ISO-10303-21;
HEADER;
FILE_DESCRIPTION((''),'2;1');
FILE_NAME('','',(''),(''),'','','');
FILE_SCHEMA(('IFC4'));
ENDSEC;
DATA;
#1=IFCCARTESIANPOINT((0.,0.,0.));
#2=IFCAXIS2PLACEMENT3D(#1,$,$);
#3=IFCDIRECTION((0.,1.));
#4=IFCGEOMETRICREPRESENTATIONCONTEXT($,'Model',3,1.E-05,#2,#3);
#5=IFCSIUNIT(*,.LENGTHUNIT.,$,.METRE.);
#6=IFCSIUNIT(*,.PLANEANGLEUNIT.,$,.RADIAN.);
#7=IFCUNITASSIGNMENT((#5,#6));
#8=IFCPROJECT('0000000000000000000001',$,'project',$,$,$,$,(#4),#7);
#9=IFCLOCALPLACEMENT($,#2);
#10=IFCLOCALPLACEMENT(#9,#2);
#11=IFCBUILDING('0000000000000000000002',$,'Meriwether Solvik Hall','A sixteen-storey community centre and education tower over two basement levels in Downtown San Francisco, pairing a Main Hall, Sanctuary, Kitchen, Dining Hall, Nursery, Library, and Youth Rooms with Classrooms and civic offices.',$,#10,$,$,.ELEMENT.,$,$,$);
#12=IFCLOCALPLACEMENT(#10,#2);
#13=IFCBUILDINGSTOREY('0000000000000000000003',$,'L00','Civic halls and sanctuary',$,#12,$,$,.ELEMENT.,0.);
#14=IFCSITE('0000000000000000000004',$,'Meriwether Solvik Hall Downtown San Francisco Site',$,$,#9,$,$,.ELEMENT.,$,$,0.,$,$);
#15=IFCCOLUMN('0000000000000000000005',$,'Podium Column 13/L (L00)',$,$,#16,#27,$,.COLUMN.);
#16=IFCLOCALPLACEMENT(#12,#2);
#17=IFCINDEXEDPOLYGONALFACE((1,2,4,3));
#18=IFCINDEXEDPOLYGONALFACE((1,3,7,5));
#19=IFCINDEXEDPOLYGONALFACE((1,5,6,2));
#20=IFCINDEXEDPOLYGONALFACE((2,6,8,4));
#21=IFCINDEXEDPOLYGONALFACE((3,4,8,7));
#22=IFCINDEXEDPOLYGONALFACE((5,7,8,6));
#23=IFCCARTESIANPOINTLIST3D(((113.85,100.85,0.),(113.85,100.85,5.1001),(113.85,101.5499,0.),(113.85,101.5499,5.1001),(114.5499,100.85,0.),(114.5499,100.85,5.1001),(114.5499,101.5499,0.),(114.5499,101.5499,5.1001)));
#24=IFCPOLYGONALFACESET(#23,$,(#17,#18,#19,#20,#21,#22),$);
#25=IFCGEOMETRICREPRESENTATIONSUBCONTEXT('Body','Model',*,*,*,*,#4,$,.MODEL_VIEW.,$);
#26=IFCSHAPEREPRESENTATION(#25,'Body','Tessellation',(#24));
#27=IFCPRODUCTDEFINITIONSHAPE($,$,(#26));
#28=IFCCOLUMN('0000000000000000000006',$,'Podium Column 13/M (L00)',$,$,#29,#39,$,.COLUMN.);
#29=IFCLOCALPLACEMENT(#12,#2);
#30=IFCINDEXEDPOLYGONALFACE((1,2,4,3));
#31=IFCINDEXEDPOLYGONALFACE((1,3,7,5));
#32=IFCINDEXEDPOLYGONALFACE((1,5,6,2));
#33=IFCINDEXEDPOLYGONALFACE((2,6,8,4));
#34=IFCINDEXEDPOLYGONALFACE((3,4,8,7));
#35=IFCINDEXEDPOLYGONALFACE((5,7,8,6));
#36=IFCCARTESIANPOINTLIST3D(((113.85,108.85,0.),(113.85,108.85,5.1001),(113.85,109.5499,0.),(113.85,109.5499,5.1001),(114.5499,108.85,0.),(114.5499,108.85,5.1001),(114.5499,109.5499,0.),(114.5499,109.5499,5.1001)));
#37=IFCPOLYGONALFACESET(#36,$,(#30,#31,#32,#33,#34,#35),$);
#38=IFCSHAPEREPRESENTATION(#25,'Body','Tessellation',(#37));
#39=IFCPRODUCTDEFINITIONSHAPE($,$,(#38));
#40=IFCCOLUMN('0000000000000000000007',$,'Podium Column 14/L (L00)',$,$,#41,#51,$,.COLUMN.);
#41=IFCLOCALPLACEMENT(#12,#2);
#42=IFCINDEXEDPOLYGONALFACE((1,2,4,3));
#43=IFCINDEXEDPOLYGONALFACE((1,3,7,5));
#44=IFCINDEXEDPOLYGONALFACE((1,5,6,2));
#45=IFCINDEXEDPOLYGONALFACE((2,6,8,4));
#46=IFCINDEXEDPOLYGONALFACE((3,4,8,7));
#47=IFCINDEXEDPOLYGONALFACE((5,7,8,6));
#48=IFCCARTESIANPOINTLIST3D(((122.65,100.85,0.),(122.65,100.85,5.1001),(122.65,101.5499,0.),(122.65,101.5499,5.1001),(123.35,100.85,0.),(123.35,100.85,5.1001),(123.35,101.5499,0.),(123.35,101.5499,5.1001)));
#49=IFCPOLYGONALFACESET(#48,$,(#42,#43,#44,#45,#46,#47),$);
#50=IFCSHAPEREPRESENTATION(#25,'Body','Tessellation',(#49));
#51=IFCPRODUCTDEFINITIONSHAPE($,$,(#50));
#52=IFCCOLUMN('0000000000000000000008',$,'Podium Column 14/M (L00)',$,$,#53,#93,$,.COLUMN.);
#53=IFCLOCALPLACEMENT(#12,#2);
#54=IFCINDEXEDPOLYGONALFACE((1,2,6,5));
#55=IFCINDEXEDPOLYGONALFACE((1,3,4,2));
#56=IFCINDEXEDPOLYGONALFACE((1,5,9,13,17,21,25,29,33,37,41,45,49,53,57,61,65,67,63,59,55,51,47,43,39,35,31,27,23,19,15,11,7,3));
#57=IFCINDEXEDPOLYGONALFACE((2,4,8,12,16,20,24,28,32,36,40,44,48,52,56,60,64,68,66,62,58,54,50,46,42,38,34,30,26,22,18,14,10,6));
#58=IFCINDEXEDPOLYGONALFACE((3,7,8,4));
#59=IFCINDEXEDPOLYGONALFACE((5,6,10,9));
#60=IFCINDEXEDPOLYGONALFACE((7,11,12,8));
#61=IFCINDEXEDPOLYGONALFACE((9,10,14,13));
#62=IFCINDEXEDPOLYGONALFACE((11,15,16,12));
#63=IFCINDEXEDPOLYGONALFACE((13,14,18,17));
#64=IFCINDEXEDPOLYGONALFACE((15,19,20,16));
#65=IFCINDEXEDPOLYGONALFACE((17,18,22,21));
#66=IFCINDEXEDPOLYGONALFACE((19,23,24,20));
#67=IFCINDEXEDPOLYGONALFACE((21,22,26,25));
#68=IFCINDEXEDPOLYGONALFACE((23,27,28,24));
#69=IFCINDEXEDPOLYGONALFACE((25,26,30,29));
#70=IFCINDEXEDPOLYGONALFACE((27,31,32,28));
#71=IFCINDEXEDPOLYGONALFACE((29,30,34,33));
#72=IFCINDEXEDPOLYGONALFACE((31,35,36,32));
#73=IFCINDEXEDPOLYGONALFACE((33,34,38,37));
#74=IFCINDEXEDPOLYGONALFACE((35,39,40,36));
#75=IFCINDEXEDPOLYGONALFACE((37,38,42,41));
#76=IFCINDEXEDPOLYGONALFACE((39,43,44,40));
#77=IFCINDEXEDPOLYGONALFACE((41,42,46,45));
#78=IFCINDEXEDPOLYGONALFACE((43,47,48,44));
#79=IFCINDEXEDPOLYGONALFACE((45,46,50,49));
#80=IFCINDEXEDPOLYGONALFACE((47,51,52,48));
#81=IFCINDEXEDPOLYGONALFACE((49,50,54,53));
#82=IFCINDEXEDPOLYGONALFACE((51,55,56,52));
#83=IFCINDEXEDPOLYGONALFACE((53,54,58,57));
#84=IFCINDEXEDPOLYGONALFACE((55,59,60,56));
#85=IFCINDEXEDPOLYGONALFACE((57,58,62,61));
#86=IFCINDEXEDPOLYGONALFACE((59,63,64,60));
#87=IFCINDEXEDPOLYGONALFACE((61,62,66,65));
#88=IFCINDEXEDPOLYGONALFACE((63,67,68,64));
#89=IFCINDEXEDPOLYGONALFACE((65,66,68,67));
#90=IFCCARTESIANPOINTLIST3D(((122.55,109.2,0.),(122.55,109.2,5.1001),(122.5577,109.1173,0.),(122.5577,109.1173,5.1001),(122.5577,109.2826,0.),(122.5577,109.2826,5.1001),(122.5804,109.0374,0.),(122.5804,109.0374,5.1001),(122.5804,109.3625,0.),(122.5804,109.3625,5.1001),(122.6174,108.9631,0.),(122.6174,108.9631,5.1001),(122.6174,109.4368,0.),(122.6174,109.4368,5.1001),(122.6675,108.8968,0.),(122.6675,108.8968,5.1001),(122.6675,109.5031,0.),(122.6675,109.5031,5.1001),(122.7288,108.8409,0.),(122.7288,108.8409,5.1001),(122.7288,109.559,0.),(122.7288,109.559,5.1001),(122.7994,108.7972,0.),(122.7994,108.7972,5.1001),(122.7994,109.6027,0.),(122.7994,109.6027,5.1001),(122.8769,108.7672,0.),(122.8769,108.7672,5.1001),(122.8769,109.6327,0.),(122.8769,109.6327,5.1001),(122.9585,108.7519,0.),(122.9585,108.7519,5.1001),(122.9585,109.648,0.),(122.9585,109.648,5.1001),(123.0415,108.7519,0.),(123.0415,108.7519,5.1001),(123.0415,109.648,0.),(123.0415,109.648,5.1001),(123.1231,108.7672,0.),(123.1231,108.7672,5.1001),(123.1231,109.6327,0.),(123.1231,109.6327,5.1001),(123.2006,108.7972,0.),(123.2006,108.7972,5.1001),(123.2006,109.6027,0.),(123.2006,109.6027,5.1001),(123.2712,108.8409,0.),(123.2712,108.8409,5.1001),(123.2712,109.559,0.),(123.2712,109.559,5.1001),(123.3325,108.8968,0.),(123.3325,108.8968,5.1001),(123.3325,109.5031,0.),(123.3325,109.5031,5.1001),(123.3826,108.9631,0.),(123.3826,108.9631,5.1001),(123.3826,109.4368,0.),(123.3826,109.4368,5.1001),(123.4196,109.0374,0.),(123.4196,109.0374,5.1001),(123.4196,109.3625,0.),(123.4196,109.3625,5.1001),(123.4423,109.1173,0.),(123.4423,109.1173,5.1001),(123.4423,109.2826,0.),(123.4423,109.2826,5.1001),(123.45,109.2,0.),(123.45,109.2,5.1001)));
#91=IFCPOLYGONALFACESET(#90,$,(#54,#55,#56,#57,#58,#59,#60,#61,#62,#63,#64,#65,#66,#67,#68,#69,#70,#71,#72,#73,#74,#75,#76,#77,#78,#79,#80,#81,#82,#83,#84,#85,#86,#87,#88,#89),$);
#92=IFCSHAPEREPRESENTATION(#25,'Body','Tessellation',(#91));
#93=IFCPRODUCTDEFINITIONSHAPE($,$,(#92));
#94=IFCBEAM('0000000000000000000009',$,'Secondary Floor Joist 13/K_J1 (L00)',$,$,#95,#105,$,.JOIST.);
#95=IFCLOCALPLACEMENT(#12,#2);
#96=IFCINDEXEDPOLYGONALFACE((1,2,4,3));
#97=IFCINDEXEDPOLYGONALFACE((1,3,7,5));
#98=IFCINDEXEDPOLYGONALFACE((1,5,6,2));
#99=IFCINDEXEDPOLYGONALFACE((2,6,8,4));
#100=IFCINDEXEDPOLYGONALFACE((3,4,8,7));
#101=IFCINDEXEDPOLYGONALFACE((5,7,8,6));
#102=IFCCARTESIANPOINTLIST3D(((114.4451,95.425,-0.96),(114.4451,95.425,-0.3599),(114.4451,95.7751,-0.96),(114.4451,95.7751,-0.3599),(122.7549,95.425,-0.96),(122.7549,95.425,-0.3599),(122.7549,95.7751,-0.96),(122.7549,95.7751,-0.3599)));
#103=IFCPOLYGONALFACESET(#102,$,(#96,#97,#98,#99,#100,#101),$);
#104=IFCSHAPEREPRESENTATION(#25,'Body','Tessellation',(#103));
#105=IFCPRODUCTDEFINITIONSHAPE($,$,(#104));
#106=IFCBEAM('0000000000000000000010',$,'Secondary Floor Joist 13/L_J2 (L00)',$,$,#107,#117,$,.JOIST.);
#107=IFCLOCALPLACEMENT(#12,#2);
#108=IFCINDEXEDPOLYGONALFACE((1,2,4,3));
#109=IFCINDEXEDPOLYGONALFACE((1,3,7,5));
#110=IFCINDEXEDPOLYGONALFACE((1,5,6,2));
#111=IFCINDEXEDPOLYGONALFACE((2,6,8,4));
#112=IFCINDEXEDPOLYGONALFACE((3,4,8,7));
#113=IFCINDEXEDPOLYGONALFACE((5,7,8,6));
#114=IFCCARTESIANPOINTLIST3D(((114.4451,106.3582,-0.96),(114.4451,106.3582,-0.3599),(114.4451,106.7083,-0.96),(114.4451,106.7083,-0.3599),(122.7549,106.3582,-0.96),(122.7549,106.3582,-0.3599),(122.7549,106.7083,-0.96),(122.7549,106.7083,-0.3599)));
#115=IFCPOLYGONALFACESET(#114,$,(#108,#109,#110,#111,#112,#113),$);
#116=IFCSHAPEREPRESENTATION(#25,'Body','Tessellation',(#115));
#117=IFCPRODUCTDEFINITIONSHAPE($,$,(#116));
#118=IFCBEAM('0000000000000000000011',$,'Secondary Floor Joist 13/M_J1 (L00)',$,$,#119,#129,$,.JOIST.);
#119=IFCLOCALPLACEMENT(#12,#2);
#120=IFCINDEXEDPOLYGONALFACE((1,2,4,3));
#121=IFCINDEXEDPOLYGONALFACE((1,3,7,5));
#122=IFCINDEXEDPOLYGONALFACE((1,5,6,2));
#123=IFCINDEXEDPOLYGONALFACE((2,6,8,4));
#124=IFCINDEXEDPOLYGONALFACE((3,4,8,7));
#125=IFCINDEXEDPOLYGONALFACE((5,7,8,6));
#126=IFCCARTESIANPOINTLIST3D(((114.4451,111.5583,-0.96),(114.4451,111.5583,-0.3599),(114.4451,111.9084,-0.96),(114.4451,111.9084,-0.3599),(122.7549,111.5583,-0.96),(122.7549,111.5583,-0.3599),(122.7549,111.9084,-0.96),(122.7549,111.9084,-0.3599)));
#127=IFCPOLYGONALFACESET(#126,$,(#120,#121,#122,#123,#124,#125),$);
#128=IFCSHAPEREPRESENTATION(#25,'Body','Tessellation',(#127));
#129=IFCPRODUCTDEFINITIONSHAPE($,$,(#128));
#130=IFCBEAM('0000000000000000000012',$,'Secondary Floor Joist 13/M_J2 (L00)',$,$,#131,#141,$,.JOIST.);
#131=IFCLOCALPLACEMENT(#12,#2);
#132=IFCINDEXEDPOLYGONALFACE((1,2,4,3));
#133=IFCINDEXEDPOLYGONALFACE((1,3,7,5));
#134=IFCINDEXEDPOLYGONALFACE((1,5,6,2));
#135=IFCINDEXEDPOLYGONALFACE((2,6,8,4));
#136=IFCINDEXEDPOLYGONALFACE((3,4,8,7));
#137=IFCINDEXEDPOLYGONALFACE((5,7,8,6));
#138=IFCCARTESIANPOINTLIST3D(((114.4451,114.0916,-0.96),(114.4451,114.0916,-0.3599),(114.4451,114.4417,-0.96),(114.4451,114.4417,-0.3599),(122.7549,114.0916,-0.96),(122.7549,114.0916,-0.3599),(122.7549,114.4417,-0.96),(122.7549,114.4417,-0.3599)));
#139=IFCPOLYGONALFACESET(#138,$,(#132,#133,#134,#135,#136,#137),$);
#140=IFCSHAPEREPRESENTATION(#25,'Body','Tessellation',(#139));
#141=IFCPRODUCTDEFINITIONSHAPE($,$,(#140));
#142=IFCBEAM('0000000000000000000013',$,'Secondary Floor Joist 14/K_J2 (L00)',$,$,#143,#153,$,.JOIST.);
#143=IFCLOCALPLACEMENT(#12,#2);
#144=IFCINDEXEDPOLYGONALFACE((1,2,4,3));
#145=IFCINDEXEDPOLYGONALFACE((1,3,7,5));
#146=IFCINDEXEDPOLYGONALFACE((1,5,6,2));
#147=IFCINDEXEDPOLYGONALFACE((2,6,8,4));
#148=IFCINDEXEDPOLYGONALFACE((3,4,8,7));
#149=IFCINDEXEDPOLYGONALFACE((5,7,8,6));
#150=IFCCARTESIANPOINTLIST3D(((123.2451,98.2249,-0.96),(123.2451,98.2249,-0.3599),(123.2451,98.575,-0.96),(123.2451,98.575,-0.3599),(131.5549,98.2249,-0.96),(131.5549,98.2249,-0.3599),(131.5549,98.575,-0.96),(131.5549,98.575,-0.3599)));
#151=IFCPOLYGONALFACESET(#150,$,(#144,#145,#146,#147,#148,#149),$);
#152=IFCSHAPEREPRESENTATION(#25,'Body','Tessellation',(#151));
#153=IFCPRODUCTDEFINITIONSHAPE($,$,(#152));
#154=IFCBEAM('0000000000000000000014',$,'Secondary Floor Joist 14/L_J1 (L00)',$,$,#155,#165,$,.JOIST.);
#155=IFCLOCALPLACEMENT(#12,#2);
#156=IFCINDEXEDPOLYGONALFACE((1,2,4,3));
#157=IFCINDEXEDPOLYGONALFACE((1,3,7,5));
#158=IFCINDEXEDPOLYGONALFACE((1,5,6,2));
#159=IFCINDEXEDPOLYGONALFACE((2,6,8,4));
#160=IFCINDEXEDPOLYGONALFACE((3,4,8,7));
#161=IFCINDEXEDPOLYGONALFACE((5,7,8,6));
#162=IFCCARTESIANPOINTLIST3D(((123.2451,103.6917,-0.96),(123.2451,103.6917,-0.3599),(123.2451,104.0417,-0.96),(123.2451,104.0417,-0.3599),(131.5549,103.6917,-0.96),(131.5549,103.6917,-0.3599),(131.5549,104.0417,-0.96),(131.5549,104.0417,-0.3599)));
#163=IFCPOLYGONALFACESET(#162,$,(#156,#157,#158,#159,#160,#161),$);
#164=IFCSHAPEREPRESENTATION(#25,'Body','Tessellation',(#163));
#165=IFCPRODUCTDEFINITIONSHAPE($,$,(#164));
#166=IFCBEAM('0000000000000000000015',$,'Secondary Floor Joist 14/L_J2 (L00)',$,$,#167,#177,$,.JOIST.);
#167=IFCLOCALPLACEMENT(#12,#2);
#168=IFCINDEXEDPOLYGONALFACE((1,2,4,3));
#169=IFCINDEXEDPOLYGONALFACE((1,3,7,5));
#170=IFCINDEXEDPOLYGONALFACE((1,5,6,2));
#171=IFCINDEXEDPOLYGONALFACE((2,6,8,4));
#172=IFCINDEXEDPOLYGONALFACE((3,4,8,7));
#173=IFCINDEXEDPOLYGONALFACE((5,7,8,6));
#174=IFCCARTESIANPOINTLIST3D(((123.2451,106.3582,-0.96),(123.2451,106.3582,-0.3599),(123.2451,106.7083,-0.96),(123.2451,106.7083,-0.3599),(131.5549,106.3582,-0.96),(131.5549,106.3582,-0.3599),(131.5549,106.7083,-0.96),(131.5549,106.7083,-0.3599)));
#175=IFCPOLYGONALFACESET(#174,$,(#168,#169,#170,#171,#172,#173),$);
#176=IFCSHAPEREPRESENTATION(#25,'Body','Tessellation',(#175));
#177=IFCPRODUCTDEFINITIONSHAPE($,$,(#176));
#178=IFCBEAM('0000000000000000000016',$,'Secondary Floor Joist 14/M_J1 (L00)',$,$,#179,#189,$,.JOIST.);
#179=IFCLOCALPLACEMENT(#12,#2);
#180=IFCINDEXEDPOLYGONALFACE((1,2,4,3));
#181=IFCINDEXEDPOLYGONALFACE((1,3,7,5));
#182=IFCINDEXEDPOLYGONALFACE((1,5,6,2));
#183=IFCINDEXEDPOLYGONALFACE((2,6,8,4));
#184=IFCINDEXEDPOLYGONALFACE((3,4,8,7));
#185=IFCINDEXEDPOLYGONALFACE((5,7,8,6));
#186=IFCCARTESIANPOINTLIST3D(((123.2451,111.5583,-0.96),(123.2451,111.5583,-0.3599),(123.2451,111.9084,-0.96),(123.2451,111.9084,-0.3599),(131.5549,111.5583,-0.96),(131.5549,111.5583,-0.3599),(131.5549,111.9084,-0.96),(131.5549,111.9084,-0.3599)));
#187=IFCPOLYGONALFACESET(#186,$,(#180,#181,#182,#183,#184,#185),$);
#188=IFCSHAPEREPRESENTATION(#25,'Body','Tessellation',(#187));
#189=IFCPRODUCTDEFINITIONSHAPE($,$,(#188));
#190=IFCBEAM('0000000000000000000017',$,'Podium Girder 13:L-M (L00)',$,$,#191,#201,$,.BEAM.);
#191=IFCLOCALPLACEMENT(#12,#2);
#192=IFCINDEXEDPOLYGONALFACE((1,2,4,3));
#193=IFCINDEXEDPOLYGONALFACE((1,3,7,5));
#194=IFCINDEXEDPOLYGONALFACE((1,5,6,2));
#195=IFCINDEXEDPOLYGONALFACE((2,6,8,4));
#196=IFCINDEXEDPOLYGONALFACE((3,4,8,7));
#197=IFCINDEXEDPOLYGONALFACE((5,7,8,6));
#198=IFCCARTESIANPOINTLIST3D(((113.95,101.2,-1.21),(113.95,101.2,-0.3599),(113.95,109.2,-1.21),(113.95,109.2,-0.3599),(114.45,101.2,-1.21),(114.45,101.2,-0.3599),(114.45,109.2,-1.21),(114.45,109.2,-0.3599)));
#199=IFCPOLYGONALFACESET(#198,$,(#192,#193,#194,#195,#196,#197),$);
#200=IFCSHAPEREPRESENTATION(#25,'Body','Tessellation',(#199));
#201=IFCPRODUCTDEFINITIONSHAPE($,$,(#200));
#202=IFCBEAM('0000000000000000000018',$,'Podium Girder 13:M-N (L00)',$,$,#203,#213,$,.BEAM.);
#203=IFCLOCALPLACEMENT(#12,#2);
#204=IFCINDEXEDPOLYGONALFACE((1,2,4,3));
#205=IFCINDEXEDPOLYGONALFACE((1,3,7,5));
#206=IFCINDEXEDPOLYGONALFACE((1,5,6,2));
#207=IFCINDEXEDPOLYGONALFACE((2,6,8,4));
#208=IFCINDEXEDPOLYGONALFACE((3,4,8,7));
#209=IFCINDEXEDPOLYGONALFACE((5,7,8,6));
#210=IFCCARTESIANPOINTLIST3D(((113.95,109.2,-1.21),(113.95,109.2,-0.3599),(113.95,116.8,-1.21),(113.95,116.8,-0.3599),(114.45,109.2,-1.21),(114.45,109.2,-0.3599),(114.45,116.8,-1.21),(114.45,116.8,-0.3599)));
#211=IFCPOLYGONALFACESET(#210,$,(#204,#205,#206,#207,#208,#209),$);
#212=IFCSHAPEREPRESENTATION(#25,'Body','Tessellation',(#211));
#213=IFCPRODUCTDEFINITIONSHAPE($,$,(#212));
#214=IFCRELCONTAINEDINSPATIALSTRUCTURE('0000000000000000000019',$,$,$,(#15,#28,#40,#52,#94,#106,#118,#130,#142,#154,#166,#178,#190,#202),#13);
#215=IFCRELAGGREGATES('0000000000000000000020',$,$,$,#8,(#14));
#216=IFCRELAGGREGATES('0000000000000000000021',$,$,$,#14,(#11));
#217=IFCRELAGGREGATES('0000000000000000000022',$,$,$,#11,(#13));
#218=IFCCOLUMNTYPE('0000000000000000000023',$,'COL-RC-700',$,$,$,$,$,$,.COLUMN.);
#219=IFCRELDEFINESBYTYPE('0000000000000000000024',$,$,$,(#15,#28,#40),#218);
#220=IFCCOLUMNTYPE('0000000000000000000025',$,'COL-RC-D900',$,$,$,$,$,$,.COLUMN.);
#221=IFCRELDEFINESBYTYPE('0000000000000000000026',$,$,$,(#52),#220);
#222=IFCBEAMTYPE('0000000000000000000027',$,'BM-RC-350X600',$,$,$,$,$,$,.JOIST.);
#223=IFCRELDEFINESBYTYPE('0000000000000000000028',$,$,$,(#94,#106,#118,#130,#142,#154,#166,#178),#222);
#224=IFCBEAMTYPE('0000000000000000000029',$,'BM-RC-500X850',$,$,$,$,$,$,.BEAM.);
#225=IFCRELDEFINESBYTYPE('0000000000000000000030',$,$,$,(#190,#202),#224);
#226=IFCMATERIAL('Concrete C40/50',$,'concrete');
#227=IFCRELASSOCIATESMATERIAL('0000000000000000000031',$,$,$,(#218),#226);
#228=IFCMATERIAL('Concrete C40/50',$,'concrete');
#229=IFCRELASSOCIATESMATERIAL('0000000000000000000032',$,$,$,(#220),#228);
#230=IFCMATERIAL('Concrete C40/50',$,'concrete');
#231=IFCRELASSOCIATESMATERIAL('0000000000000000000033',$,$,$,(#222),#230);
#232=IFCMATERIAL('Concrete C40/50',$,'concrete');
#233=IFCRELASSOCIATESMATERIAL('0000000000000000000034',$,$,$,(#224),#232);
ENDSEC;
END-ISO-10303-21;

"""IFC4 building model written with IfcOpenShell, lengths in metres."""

from ifc_helpers import new_model, si_unit, direction, frame, origin, origin_2d, place, context, subcontext, project, spatial, rectangle, circle, extrude, material, material_profile, profile_set, type_object, element, save


model = new_model("IFC4")

# Units and contexts
model_context = context("Model", 3, precision=1e-05, world=origin(), true_north=direction((0.0, 1.0)))
body_context = subcontext(model_context, "Body", "Model", "MODEL_VIEW")
ifc_project = project(units=[si_unit("LENGTHUNIT", "METRE"), si_unit("PLANEANGLEUNIT", "RADIAN")], contexts=[model_context])

# Site, building, storey
site_placement = place(None, origin())
site = spatial("IfcSite", under=ifc_project, at=site_placement, Name="Meriwether Solvik Hall Downtown San Francisco Site", CompositionType="ELEMENT", RefElevation=0.0)
building_placement = place(site_placement, origin())
building = spatial("IfcBuilding", under=site, at=building_placement, Name="Meriwether Solvik Hall", Description="A sixteen-storey community centre and education tower over two basement levels in Downtown San Francisco, pairing a Main Hall, Sanctuary, Kitchen, Dining Hall, Nursery, Library, and Youth Rooms with Classrooms and civic offices.", CompositionType="ELEMENT")
storey_placement = place(building_placement, origin())
storey = spatial("IfcBuildingStorey", under=building, at=storey_placement, Name="L00", Description="Civic halls and sanctuary", CompositionType="ELEMENT", Elevation=0.0)

# Columns
ifc_material_1 = material(Name="Concrete C40/50", Category="concrete")
ifc_material_profile_1 = material_profile(ifc_material_1, rectangle(XDim=0.7, YDim=0.7, at=origin_2d()), Name="RCC-700X700")
ifc_profile_set_1 = profile_set([ifc_material_profile_1], Name="Concrete C40/50")
column_type_1 = type_object("IfcColumnType", Name="COL-RC-700", PredefinedType="COLUMN", material=ifc_profile_set_1)
for number, where, z_axis, x_axis, name in (
    (1, (114.2, 101.2, 0.0), (0.0, 0.0, 1.0), (1.0, 0.0, 0.0), "Podium Column 13/L (L00)"),
    (2, (114.2, 109.2, 0.0), (0.0, 0.0, 1.0), (1.0, 0.0, 0.0), "Podium Column 13/M (L00)"),
    (3, (123.0, 101.2, 0.0), (0.0, 0.0, 1.0), (1.0, 0.0, 0.0), "Podium Column 14/L (L00)"),
):
    element("IfcColumn", number, at=place(storey_placement, frame(where, z_axis=z_axis, x_axis=x_axis)), inside=storey, type_object=column_type_1, Name=name, PredefinedType="COLUMN", context=body_context, shape_type="SweptSolid", body=[
        extrude(rectangle(XDim=0.7, YDim=0.7, at=origin_2d()), origin(), (0.0, 0.0, 1.0), 5.1001),
    ])
ifc_material_2 = material(Name="Concrete C40/50", Category="concrete")
ifc_material_profile_2 = material_profile(ifc_material_2, circle(Radius=0.45, at=origin_2d()), Name="RCC-D900")
ifc_profile_set_2 = profile_set([ifc_material_profile_2], Name="Concrete C40/50")
column_type_2 = type_object("IfcColumnType", Name="COL-RC-D900", PredefinedType="COLUMN", material=ifc_profile_set_2)
column_placement = place(storey_placement, frame((123.0, 109.2, 0.0), z_axis=(0.0, 0.0, 1.0), x_axis=(1.0, 0.0, 0.0)))
element("IfcColumn", 4, at=column_placement, inside=storey, type_object=column_type_2, Name="Podium Column 14/M (L00)", PredefinedType="COLUMN", context=body_context, shape_type="SweptSolid", body=[
    extrude(circle(Radius=0.45, at=origin_2d()), origin(), (0.0, 0.0, 1.0), 5.1001),
])

# Beams
ifc_material_3 = material(Name="Concrete C40/50", Category="concrete")
ifc_material_profile_3 = material_profile(ifc_material_3, rectangle(XDim=0.3501, YDim=0.6001, at=origin_2d()), Name="RCB-350X600")
ifc_profile_set_3 = profile_set([ifc_material_profile_3], Name="Concrete C40/50")
beam_type_1 = type_object("IfcBeamType", Name="BM-RC-350X600", PredefinedType="JOIST", material=ifc_profile_set_3)
for number, where, z_axis, x_axis, name in (
    (5, (114.4451, 95.6001, -0.6599), (1.0, 0.0, 0.0), (0.0, 1.0, 0.0), "Secondary Floor Joist 13/K_J1 (L00)"),
    (6, (114.4451, 106.5332, -0.6599), (1.0, 0.0, 0.0), (0.0, 1.0, 0.0), "Secondary Floor Joist 13/L_J2 (L00)"),
    (7, (114.4451, 111.7334, -0.6599), (1.0, 0.0, 0.0), (0.0, 1.0, 0.0), "Secondary Floor Joist 13/M_J1 (L00)"),
    (8, (114.4451, 114.2666, -0.6599), (1.0, 0.0, 0.0), (0.0, 1.0, 0.0), "Secondary Floor Joist 13/M_J2 (L00)"),
    (9, (123.2451, 98.3999, -0.6599), (1.0, 0.0, 0.0), (0.0, 1.0, 0.0), "Secondary Floor Joist 14/K_J2 (L00)"),
    (10, (123.2451, 103.8667, -0.6599), (1.0, 0.0, 0.0), (0.0, 1.0, 0.0), "Secondary Floor Joist 14/L_J1 (L00)"),
    (11, (123.2451, 106.5332, -0.6599), (1.0, 0.0, 0.0), (0.0, 1.0, 0.0), "Secondary Floor Joist 14/L_J2 (L00)"),
    (12, (123.2451, 111.7334, -0.6599), (1.0, 0.0, 0.0), (0.0, 1.0, 0.0), "Secondary Floor Joist 14/M_J1 (L00)"),
):
    element("IfcBeam", number, at=place(storey_placement, frame(where, z_axis=z_axis, x_axis=x_axis)), inside=storey, type_object=beam_type_1, Name=name, PredefinedType="JOIST", context=body_context, shape_type="SweptSolid", body=[
        extrude(rectangle(XDim=0.3501, YDim=0.6001, at=origin_2d()), origin(), (0.0, 0.0, 1.0), 8.3098),
    ])
ifc_material_4 = material(Name="Concrete C40/50", Category="concrete")
ifc_material_profile_4 = material_profile(ifc_material_4, rectangle(XDim=0.5, YDim=0.8501, at=origin_2d()), Name="RCB-500X850")
ifc_profile_set_4 = profile_set([ifc_material_profile_4], Name="Concrete C40/50")
beam_type_2 = type_object("IfcBeamType", Name="BM-RC-500X850", PredefinedType="BEAM", material=ifc_profile_set_4)
beam_1_placement = place(storey_placement, frame((114.2, 101.2, -0.7849), z_axis=(0.0, 1.0, 0.0), x_axis=(-1.0, 0.0, 0.0)))
element("IfcBeam", 13, at=beam_1_placement, inside=storey, type_object=beam_type_2, Name="Podium Girder 13:L-M (L00)", PredefinedType="BEAM", context=body_context, shape_type="SweptSolid", body=[
    extrude(rectangle(XDim=0.5, YDim=0.8501, at=origin_2d()), origin(), (0.0, 0.0, 1.0), 8.0),
])
beam_2_placement = place(storey_placement, frame((114.2, 109.2, -0.7849), z_axis=(0.0, 1.0, 0.0), x_axis=(-1.0, 0.0, 0.0)))
element("IfcBeam", 14, at=beam_2_placement, inside=storey, type_object=beam_type_2, Name="Podium Girder 13:M-N (L00)", PredefinedType="BEAM", context=body_context, shape_type="SweptSolid", body=[
    extrude(rectangle(XDim=0.5, YDim=0.8501, at=origin_2d()), origin(), (0.0, 0.0, 1.0), 7.6001),
])

save(model, "model.ifc")
